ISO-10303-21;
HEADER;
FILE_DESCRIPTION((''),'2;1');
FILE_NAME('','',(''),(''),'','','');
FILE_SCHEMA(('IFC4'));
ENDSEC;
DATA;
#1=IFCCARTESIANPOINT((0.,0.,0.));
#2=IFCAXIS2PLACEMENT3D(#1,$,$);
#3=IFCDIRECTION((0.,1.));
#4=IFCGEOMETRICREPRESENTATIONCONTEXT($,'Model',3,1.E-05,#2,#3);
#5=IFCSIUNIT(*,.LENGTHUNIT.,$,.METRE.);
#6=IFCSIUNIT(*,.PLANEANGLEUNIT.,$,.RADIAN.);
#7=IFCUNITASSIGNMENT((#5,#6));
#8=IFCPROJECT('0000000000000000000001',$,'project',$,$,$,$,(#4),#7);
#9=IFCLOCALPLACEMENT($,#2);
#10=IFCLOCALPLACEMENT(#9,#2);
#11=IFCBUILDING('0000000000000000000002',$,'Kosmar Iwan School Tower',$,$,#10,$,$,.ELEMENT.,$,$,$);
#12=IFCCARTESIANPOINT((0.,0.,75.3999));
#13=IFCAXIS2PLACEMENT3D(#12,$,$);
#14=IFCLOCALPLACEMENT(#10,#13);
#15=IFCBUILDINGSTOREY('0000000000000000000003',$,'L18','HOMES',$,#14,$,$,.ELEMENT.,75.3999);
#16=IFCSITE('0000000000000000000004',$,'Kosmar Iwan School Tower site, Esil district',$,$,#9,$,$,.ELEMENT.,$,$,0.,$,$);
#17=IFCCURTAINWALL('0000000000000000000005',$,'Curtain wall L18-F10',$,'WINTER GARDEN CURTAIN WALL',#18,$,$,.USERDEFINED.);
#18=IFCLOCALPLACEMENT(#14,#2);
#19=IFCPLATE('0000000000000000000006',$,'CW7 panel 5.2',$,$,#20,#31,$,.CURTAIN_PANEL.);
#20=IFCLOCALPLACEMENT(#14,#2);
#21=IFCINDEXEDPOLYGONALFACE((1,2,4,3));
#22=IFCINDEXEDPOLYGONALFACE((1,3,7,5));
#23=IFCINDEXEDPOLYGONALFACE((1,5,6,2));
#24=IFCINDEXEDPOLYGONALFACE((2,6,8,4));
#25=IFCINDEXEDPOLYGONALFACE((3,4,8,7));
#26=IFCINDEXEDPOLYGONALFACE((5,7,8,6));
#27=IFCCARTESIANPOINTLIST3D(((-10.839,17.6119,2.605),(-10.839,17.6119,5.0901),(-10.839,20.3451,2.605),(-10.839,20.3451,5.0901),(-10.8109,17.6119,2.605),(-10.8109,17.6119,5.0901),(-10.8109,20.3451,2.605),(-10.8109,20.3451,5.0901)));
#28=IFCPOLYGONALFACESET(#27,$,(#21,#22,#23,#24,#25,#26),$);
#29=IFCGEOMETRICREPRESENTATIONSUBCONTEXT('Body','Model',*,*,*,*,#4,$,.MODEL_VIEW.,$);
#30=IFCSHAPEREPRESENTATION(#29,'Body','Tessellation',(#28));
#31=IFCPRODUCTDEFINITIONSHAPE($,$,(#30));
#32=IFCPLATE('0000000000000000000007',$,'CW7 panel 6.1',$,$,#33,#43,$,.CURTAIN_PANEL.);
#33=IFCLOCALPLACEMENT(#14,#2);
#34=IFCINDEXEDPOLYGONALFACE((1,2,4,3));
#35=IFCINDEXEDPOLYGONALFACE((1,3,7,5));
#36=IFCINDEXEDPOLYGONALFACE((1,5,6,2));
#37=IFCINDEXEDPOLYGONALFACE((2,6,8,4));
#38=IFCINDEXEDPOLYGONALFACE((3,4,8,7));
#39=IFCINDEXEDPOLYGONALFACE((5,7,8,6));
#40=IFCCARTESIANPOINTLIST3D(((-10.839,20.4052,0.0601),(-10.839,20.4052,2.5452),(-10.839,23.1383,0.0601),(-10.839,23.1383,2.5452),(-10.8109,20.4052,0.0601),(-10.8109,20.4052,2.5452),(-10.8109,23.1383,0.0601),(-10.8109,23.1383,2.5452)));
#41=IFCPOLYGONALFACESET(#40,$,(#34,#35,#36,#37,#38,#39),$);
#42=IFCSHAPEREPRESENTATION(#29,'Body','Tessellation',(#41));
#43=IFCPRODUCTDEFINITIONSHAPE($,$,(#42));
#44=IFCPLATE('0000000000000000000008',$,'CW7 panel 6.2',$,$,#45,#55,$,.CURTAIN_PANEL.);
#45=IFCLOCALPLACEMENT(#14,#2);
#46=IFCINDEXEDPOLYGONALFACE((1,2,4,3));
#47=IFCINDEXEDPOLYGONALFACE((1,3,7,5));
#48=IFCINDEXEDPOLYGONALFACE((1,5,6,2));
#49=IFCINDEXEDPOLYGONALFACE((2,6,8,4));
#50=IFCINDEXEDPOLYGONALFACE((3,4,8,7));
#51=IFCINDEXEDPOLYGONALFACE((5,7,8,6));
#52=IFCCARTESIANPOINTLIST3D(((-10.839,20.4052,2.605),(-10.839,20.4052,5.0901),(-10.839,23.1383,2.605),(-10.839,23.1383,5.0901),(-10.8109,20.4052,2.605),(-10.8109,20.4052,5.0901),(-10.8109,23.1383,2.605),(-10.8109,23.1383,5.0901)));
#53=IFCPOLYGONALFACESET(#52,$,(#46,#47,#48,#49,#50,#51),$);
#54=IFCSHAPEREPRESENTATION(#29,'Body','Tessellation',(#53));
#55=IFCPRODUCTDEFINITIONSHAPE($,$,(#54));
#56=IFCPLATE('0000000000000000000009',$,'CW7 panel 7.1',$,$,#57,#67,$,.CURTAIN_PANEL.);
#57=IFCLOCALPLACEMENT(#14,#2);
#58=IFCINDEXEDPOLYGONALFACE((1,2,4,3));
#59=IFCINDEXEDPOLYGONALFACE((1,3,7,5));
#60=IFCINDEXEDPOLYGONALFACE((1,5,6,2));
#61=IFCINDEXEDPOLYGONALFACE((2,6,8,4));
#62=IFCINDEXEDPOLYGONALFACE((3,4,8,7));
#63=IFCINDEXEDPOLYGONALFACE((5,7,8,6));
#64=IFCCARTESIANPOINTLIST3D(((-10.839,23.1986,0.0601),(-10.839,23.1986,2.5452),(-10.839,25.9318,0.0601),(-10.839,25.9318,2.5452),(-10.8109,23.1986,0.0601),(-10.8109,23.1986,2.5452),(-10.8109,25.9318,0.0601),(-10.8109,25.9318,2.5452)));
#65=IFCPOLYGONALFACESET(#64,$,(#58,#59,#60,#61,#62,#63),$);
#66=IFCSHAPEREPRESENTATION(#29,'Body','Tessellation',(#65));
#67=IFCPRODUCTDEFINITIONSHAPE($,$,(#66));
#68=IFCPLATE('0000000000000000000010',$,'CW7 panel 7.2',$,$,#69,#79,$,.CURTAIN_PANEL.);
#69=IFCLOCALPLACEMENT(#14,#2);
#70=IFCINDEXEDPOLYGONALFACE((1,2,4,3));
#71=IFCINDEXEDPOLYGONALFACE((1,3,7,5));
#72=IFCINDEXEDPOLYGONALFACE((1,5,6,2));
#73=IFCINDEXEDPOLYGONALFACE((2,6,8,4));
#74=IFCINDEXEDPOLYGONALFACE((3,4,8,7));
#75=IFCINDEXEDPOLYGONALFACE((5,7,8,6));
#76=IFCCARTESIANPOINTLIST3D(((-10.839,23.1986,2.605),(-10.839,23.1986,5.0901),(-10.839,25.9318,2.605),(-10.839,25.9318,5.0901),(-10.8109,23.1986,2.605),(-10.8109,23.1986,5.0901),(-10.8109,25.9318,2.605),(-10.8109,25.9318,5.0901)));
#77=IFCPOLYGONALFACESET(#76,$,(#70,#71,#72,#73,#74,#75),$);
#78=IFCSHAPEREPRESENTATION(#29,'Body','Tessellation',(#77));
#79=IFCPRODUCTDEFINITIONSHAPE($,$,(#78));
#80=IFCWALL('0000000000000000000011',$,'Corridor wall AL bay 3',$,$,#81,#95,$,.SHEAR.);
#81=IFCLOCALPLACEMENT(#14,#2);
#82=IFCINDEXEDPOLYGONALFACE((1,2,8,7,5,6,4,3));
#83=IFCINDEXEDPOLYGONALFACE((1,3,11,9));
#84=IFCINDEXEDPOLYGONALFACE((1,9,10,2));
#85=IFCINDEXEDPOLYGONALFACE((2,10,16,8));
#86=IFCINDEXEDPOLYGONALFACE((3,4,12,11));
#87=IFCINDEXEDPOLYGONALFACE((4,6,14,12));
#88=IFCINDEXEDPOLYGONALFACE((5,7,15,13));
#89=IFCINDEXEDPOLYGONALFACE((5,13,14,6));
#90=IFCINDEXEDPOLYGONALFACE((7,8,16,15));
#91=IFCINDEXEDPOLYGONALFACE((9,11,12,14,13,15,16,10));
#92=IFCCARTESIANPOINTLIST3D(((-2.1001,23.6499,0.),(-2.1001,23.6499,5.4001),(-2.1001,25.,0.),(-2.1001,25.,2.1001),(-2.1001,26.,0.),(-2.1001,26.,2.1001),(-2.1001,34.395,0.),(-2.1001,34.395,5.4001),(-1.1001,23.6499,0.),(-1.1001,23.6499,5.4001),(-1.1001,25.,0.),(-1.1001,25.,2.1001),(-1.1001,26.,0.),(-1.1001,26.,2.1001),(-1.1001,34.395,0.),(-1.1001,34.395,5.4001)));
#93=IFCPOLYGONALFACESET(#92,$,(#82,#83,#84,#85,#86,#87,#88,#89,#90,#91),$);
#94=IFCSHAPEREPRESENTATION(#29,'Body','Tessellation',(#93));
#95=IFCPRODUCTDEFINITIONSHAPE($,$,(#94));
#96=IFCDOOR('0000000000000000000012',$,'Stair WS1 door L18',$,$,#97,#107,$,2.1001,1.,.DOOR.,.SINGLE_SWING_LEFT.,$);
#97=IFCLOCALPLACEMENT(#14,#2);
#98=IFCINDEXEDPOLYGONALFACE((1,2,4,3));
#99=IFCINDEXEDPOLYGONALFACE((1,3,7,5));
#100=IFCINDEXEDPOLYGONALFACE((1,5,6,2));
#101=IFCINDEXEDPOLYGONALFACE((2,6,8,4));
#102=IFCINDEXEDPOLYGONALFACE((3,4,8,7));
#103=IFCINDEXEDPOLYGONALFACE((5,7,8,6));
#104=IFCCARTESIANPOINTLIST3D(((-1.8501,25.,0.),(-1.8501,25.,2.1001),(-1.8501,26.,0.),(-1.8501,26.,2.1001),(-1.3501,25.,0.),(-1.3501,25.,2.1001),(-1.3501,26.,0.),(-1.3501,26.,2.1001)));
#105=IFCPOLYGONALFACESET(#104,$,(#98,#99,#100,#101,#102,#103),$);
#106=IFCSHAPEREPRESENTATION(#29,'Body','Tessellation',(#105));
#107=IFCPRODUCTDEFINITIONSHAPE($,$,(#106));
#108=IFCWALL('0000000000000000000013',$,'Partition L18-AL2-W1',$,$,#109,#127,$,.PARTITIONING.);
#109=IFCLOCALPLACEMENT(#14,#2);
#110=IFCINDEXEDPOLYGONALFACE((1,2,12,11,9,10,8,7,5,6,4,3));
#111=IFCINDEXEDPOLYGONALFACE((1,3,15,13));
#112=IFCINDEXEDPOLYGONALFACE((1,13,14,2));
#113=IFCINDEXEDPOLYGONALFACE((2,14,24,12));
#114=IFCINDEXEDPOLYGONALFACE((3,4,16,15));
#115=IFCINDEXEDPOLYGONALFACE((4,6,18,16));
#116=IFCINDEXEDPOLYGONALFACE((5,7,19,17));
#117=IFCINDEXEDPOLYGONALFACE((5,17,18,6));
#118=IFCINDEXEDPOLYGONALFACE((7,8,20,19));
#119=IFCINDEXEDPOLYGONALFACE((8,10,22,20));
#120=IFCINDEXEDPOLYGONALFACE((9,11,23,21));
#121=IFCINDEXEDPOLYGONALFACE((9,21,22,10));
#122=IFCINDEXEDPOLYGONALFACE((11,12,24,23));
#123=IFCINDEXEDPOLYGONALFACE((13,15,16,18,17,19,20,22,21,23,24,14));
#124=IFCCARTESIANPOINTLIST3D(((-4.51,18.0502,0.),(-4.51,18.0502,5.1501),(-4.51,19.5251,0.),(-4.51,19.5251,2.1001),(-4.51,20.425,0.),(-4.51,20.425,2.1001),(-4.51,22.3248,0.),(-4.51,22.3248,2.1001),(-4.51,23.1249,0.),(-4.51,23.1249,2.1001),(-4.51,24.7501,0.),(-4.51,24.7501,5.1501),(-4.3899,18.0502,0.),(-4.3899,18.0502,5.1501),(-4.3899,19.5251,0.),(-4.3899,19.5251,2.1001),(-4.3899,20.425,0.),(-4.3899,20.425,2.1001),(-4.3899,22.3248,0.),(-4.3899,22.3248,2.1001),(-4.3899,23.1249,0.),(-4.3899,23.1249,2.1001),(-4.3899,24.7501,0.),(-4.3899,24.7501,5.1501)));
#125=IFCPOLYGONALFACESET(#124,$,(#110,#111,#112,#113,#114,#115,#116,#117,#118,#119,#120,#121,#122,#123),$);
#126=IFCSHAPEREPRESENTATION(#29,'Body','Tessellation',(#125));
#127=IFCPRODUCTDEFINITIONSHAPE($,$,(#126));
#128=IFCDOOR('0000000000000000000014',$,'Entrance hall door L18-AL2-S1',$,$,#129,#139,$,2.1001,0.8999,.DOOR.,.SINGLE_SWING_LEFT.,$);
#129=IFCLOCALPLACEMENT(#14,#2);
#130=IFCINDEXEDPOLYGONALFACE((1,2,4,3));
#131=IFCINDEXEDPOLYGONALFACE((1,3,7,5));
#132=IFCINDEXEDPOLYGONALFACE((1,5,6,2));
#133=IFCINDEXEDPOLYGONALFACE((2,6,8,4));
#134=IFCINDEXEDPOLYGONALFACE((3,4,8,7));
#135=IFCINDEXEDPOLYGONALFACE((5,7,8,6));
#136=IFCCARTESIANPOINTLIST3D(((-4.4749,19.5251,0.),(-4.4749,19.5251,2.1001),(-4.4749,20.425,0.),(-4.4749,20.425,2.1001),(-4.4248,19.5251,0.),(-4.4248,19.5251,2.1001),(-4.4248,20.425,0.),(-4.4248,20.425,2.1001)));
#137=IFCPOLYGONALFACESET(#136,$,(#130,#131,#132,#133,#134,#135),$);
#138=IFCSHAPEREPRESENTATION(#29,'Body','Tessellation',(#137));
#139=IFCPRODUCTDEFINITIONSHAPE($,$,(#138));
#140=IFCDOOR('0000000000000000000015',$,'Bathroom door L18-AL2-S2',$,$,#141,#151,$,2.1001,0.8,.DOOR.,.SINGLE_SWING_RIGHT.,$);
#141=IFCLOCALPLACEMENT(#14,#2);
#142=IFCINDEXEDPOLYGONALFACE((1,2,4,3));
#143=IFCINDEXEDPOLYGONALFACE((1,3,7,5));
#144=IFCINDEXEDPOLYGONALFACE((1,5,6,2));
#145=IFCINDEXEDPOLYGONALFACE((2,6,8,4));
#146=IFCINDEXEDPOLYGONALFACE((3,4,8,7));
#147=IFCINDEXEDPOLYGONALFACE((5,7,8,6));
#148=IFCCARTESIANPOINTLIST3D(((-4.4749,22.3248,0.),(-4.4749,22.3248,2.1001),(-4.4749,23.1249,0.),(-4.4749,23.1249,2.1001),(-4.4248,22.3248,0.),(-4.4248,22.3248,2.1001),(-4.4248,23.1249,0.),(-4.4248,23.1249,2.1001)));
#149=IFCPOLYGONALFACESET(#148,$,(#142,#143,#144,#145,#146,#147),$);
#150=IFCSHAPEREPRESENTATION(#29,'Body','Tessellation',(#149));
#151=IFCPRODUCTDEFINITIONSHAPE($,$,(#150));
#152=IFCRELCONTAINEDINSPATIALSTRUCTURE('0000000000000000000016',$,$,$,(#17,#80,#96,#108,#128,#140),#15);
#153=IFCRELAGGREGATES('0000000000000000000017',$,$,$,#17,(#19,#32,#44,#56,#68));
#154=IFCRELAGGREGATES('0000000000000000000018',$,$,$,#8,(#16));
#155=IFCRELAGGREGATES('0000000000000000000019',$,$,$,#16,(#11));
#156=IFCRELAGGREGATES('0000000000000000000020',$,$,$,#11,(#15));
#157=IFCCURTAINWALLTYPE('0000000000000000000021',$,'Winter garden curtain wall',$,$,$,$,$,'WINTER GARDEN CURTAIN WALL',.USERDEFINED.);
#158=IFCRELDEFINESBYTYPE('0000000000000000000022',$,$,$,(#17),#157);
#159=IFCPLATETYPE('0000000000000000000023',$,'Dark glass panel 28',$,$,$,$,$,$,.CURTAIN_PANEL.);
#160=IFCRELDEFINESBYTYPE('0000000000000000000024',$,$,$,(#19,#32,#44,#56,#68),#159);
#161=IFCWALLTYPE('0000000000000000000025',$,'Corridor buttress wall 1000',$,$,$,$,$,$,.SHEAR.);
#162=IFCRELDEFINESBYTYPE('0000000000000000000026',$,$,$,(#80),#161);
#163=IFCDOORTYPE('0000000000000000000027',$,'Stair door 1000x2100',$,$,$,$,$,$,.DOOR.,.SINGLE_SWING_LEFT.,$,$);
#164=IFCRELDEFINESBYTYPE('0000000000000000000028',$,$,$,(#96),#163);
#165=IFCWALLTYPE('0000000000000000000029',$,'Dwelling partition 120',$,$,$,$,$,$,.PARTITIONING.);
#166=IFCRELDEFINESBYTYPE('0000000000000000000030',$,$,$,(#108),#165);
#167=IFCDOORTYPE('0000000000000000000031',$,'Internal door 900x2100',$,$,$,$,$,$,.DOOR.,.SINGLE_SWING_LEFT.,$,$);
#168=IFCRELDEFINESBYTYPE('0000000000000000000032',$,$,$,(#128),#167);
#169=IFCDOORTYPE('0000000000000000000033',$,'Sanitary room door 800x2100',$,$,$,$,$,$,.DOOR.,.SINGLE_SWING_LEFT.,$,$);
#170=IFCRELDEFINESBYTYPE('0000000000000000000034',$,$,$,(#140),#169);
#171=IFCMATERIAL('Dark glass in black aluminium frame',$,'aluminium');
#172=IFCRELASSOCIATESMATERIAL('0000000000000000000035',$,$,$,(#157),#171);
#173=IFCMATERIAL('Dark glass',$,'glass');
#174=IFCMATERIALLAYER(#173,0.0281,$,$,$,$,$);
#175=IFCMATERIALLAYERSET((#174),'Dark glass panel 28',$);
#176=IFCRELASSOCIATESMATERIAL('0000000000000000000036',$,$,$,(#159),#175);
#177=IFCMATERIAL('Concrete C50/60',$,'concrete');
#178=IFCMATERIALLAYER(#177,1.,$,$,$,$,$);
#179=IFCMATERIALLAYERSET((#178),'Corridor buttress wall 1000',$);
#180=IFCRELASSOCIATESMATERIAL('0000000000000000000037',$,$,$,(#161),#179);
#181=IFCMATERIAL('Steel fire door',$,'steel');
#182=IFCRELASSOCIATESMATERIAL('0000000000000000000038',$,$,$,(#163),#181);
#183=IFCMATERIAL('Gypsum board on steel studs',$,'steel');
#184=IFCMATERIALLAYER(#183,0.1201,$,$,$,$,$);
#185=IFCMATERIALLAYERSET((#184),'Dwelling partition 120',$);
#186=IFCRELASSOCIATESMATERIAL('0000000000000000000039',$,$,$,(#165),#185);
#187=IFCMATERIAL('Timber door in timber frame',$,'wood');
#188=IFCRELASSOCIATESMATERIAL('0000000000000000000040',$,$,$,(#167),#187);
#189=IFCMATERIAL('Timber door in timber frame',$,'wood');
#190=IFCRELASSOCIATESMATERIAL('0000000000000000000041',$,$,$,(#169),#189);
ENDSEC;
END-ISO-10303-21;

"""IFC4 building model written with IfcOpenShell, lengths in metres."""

from ifc_helpers import new_model, si_unit, direction, frame, frame_2d, origin, origin_2d, place, context, subcontext, project, spatial, rectangle, extrude, material, layer, layer_set, type_object, element, fill, aggregate, save


model = new_model("IFC4")

# Units and contexts
model_context = context("Model", 3, precision=1e-05, world=origin(), true_north=direction((0.0, 1.0)))
body_context = subcontext(model_context, "Body", "Model", "MODEL_VIEW")
ifc_project = project(units=[si_unit("LENGTHUNIT", "METRE"), si_unit("PLANEANGLEUNIT", "RADIAN")], contexts=[model_context])

# Site, building, storey
site_placement = place(None, origin())
site = spatial("IfcSite", under=ifc_project, at=site_placement, Name="Kosmar Iwan School Tower site, Esil district", CompositionType="ELEMENT", RefElevation=0.0)
building_placement = place(site_placement, origin())
building = spatial("IfcBuilding", under=site, at=building_placement, Name="Kosmar Iwan School Tower", CompositionType="ELEMENT")
storey_placement = place(building_placement, frame((0.0, 0.0, 75.3999)))
storey = spatial("IfcBuildingStorey", under=building, at=storey_placement, Name="L18", Description="HOMES", CompositionType="ELEMENT", Elevation=75.3999)

# Curtain wall
ifc_material_1 = material(Name="Dark glass in black aluminium frame", Category="aluminium")
curtain_wall_type = type_object("IfcCurtainWallType", Name="Winter garden curtain wall", ElementType="WINTER GARDEN CURTAIN WALL", PredefinedType="USERDEFINED", material=ifc_material_1)
curtain_wall_placement = place(storey_placement, origin())
curtain_wall = element("IfcCurtainWall", 1, at=curtain_wall_placement, inside=storey, type_object=curtain_wall_type, Name="Curtain wall L18-F10", ObjectType="WINTER GARDEN CURTAIN WALL", PredefinedType="USERDEFINED")

# Plates
ifc_material_2 = material(Name="Dark glass", Category="glass")
ifc_layer_1 = layer(ifc_material_2, 0.0281)
ifc_layer_set_1 = layer_set([ifc_layer_1], Name="Dark glass panel 28")
plate_type = type_object("IfcPlateType", Name="Dark glass panel 28", PredefinedType="CURTAIN_PANEL", material=ifc_layer_set_1)
plate_1_placement = place(storey_placement, frame((-10.825, 18.9785, 2.605), z_axis=(0.0, 0.0, 1.0), x_axis=(0.0, 1.0, 0.0)))
plate_1 = element("IfcPlate", 2, at=plate_1_placement, type_object=plate_type, Name="CW7 panel 5.2", PredefinedType="CURTAIN_PANEL", context=body_context, shape_type="SweptSolid", body=[
    extrude(rectangle(XDim=2.7332, YDim=0.0281, at=origin_2d()), origin(), (0.0, 0.0, 1.0), 2.4851),
])
plate_2_placement = place(storey_placement, frame((-10.825, 21.7717, 0.0601), z_axis=(0.0, 0.0, 1.0), x_axis=(0.0, 1.0, 0.0)))
plate_2 = element("IfcPlate", 3, at=plate_2_placement, type_object=plate_type, Name="CW7 panel 6.1", PredefinedType="CURTAIN_PANEL", context=body_context, shape_type="SweptSolid", body=[
    extrude(rectangle(XDim=2.7332, YDim=0.0281, at=origin_2d()), origin(), (0.0, 0.0, 1.0), 2.4851),
])
plate_3_placement = place(storey_placement, frame((-10.825, 21.7717, 2.605), z_axis=(0.0, 0.0, 1.0), x_axis=(0.0, 1.0, 0.0)))
plate_3 = element("IfcPlate", 4, at=plate_3_placement, type_object=plate_type, Name="CW7 panel 6.2", PredefinedType="CURTAIN_PANEL", context=body_context, shape_type="SweptSolid", body=[
    extrude(rectangle(XDim=2.7332, YDim=0.0281, at=origin_2d()), origin(), (0.0, 0.0, 1.0), 2.4851),
])
plate_4_placement = place(storey_placement, frame((-10.825, 24.5652, 0.0601), z_axis=(0.0, 0.0, 1.0), x_axis=(0.0, 1.0, 0.0)))
plate_4 = element("IfcPlate", 5, at=plate_4_placement, type_object=plate_type, Name="CW7 panel 7.1", PredefinedType="CURTAIN_PANEL", context=body_context, shape_type="SweptSolid", body=[
    extrude(rectangle(XDim=2.7332, YDim=0.0281, at=origin_2d()), origin(), (0.0, 0.0, 1.0), 2.4851),
])
plate_5_placement = place(storey_placement, frame((-10.825, 24.5652, 2.605), z_axis=(0.0, 0.0, 1.0), x_axis=(0.0, 1.0, 0.0)))
plate_5 = element("IfcPlate", 6, at=plate_5_placement, type_object=plate_type, Name="CW7 panel 7.2", PredefinedType="CURTAIN_PANEL", context=body_context, shape_type="SweptSolid", body=[
    extrude(rectangle(XDim=2.7332, YDim=0.0281, at=origin_2d()), origin(), (0.0, 0.0, 1.0), 2.4851),
])
aggregate(curtain_wall, [plate_1, plate_2, plate_3, plate_4, plate_5])

# Wall, opening, door
ifc_material_3 = material(Name="Concrete C50/60", Category="concrete")
ifc_layer_2 = layer(ifc_material_3, 1.0)
ifc_layer_set_2 = layer_set([ifc_layer_2], Name="Corridor buttress wall 1000")
wall_type_1 = type_object("IfcWallType", Name="Corridor buttress wall 1000", PredefinedType="SHEAR", material=ifc_layer_set_2)
wall_1_placement = place(storey_placement, frame((-1.6001, 23.6499, 0.0), z_axis=(0.0, 0.0, 1.0), x_axis=(0.0, 1.0, 0.0)))
wall_1 = element("IfcWall", 7, at=wall_1_placement, inside=storey, type_object=wall_type_1, Name="Corridor wall AL bay 3", PredefinedType="SHEAR", context=body_context, shape_type="SweptSolid", body=[
    extrude(rectangle(XDim=10.7451, YDim=1.0, at=frame_2d((5.3726, 0.0))), origin(), (0.0, 0.0, 1.0), 5.4001),
])
opening_1_placement = place(wall_1_placement, frame((1.3501, 0.0, 0.0)))
opening_1 = element("IfcOpeningElement", 8, at=opening_1_placement, cuts=wall_1, PredefinedType="OPENING", context=body_context, shape_type="SweptSolid", body=[
    extrude(rectangle(XDim=1.0, YDim=2.1001, at=frame_2d((0.5, 1.05))), frame((0.0, 0.512, 0.0), z_axis=(0.0, -1.0, 0.0), x_axis=(1.0, 0.0, 0.0)), (0.0, 0.0, 1.0), 1.0239),
])
ifc_material_4 = material(Name="Steel fire door", Category="steel")
door_type_1 = type_object("IfcDoorType", Name="Stair door 1000x2100", OperationType="SINGLE_SWING_LEFT", PredefinedType="DOOR", material=ifc_material_4)
door_1_placement = place(opening_1_placement, origin())
door_1 = element("IfcDoor", 9, at=door_1_placement, inside=storey, type_object=door_type_1, Name="Stair WS1 door L18", OperationType="SINGLE_SWING_LEFT", OverallHeight=2.1001, OverallWidth=1.0, PredefinedType="DOOR", context=body_context, shape_type="SweptSolid", body=[
    extrude(rectangle(XDim=1.0, YDim=2.1001, at=frame_2d((0.5, 1.05))), frame((0.0, 0.25, 0.0), z_axis=(0.0, -1.0, 0.0), x_axis=(1.0, 0.0, 0.0)), (0.0, 0.0, 1.0), 0.5),
])
fill(opening_1, door_1)

# Wall, openings, doors
ifc_material_5 = material(Name="Gypsum board on steel studs", Category="steel")
ifc_layer_3 = layer(ifc_material_5, 0.1201)
ifc_layer_set_3 = layer_set([ifc_layer_3], Name="Dwelling partition 120")
wall_type_2 = type_object("IfcWallType", Name="Dwelling partition 120", PredefinedType="PARTITIONING", material=ifc_layer_set_3)
wall_2_placement = place(storey_placement, frame((-4.45, 18.05, 0.0), z_axis=(0.0, 0.0, 1.0), x_axis=(0.0, 1.0, 0.0)))
wall_2 = element("IfcWall", 10, at=wall_2_placement, inside=storey, type_object=wall_type_2, Name="Partition L18-AL2-W1", PredefinedType="PARTITIONING", context=body_context, shape_type="SweptSolid", body=[
    extrude(rectangle(XDim=6.7, YDim=0.1201, at=frame_2d((3.3501, 0.0))), origin(), (0.0, 0.0, 1.0), 5.1501),
])
opening_2_placement = place(wall_2_placement, frame((1.4751, 0.0, 0.0)))
opening_2 = element("IfcOpeningElement", 11, at=opening_2_placement, cuts=wall_2, PredefinedType="OPENING", context=body_context, shape_type="SweptSolid", body=[
    extrude(rectangle(XDim=0.8999, YDim=2.1001, at=frame_2d((0.45, 1.05))), frame((0.0, 0.072, 0.0), z_axis=(0.0, -1.0, 0.0), x_axis=(1.0, 0.0, 0.0)), (0.0, 0.0, 1.0), 0.144),
])
opening_3_placement = place(wall_2_placement, frame((4.2749, 0.0, 0.0)))
opening_3 = element("IfcOpeningElement", 12, at=opening_3_placement, cuts=wall_2, PredefinedType="OPENING", context=body_context, shape_type="SweptSolid", body=[
    extrude(rectangle(XDim=0.8, YDim=2.1001, at=frame_2d((0.3999, 1.05))), frame((0.0, 0.072, 0.0), z_axis=(0.0, -1.0, 0.0), x_axis=(1.0, 0.0, 0.0)), (0.0, 0.0, 1.0), 0.144),
])
ifc_material_6 = material(Name="Timber door in timber frame", Category="wood")
door_type_2 = type_object("IfcDoorType", Name="Internal door 900x2100", OperationType="SINGLE_SWING_LEFT", PredefinedType="DOOR", material=ifc_material_6)
door_2_placement = place(opening_2_placement, origin())
door_2 = element("IfcDoor", 13, at=door_2_placement, inside=storey, type_object=door_type_2, Name="Entrance hall door L18-AL2-S1", OperationType="SINGLE_SWING_LEFT", OverallHeight=2.1001, OverallWidth=0.8999, PredefinedType="DOOR", context=body_context, shape_type="SweptSolid", body=[
    extrude(rectangle(XDim=0.8999, YDim=2.1001, at=frame_2d((0.45, 1.05))), frame((0.0, 0.0249, 0.0), z_axis=(0.0, -1.0, 0.0), x_axis=(1.0, 0.0, 0.0)), (0.0, 0.0, 1.0), 0.05),
])
fill(opening_2, door_2)
ifc_material_7 = material(Name="Timber door in timber frame", Category="wood")
door_type_3 = type_object("IfcDoorType", Name="Sanitary room door 800x2100", OperationType="SINGLE_SWING_LEFT", PredefinedType="DOOR", material=ifc_material_7)
door_3_placement = place(opening_3_placement, origin())
door_3 = element("IfcDoor", 14, at=door_3_placement, inside=storey, type_object=door_type_3, Name="Bathroom door L18-AL2-S2", OperationType="SINGLE_SWING_RIGHT", OverallHeight=2.1001, OverallWidth=0.8, PredefinedType="DOOR", context=body_context, shape_type="SweptSolid", body=[
    extrude(rectangle(XDim=0.8, YDim=2.1001, at=frame_2d((0.3999, 1.05))), frame((0.0, 0.0249, 0.0), z_axis=(0.0, -1.0, 0.0), x_axis=(1.0, 0.0, 0.0)), (0.0, 0.0, 1.0), 0.05),
])
fill(opening_3, door_3)

save(model, "model.ifc")
